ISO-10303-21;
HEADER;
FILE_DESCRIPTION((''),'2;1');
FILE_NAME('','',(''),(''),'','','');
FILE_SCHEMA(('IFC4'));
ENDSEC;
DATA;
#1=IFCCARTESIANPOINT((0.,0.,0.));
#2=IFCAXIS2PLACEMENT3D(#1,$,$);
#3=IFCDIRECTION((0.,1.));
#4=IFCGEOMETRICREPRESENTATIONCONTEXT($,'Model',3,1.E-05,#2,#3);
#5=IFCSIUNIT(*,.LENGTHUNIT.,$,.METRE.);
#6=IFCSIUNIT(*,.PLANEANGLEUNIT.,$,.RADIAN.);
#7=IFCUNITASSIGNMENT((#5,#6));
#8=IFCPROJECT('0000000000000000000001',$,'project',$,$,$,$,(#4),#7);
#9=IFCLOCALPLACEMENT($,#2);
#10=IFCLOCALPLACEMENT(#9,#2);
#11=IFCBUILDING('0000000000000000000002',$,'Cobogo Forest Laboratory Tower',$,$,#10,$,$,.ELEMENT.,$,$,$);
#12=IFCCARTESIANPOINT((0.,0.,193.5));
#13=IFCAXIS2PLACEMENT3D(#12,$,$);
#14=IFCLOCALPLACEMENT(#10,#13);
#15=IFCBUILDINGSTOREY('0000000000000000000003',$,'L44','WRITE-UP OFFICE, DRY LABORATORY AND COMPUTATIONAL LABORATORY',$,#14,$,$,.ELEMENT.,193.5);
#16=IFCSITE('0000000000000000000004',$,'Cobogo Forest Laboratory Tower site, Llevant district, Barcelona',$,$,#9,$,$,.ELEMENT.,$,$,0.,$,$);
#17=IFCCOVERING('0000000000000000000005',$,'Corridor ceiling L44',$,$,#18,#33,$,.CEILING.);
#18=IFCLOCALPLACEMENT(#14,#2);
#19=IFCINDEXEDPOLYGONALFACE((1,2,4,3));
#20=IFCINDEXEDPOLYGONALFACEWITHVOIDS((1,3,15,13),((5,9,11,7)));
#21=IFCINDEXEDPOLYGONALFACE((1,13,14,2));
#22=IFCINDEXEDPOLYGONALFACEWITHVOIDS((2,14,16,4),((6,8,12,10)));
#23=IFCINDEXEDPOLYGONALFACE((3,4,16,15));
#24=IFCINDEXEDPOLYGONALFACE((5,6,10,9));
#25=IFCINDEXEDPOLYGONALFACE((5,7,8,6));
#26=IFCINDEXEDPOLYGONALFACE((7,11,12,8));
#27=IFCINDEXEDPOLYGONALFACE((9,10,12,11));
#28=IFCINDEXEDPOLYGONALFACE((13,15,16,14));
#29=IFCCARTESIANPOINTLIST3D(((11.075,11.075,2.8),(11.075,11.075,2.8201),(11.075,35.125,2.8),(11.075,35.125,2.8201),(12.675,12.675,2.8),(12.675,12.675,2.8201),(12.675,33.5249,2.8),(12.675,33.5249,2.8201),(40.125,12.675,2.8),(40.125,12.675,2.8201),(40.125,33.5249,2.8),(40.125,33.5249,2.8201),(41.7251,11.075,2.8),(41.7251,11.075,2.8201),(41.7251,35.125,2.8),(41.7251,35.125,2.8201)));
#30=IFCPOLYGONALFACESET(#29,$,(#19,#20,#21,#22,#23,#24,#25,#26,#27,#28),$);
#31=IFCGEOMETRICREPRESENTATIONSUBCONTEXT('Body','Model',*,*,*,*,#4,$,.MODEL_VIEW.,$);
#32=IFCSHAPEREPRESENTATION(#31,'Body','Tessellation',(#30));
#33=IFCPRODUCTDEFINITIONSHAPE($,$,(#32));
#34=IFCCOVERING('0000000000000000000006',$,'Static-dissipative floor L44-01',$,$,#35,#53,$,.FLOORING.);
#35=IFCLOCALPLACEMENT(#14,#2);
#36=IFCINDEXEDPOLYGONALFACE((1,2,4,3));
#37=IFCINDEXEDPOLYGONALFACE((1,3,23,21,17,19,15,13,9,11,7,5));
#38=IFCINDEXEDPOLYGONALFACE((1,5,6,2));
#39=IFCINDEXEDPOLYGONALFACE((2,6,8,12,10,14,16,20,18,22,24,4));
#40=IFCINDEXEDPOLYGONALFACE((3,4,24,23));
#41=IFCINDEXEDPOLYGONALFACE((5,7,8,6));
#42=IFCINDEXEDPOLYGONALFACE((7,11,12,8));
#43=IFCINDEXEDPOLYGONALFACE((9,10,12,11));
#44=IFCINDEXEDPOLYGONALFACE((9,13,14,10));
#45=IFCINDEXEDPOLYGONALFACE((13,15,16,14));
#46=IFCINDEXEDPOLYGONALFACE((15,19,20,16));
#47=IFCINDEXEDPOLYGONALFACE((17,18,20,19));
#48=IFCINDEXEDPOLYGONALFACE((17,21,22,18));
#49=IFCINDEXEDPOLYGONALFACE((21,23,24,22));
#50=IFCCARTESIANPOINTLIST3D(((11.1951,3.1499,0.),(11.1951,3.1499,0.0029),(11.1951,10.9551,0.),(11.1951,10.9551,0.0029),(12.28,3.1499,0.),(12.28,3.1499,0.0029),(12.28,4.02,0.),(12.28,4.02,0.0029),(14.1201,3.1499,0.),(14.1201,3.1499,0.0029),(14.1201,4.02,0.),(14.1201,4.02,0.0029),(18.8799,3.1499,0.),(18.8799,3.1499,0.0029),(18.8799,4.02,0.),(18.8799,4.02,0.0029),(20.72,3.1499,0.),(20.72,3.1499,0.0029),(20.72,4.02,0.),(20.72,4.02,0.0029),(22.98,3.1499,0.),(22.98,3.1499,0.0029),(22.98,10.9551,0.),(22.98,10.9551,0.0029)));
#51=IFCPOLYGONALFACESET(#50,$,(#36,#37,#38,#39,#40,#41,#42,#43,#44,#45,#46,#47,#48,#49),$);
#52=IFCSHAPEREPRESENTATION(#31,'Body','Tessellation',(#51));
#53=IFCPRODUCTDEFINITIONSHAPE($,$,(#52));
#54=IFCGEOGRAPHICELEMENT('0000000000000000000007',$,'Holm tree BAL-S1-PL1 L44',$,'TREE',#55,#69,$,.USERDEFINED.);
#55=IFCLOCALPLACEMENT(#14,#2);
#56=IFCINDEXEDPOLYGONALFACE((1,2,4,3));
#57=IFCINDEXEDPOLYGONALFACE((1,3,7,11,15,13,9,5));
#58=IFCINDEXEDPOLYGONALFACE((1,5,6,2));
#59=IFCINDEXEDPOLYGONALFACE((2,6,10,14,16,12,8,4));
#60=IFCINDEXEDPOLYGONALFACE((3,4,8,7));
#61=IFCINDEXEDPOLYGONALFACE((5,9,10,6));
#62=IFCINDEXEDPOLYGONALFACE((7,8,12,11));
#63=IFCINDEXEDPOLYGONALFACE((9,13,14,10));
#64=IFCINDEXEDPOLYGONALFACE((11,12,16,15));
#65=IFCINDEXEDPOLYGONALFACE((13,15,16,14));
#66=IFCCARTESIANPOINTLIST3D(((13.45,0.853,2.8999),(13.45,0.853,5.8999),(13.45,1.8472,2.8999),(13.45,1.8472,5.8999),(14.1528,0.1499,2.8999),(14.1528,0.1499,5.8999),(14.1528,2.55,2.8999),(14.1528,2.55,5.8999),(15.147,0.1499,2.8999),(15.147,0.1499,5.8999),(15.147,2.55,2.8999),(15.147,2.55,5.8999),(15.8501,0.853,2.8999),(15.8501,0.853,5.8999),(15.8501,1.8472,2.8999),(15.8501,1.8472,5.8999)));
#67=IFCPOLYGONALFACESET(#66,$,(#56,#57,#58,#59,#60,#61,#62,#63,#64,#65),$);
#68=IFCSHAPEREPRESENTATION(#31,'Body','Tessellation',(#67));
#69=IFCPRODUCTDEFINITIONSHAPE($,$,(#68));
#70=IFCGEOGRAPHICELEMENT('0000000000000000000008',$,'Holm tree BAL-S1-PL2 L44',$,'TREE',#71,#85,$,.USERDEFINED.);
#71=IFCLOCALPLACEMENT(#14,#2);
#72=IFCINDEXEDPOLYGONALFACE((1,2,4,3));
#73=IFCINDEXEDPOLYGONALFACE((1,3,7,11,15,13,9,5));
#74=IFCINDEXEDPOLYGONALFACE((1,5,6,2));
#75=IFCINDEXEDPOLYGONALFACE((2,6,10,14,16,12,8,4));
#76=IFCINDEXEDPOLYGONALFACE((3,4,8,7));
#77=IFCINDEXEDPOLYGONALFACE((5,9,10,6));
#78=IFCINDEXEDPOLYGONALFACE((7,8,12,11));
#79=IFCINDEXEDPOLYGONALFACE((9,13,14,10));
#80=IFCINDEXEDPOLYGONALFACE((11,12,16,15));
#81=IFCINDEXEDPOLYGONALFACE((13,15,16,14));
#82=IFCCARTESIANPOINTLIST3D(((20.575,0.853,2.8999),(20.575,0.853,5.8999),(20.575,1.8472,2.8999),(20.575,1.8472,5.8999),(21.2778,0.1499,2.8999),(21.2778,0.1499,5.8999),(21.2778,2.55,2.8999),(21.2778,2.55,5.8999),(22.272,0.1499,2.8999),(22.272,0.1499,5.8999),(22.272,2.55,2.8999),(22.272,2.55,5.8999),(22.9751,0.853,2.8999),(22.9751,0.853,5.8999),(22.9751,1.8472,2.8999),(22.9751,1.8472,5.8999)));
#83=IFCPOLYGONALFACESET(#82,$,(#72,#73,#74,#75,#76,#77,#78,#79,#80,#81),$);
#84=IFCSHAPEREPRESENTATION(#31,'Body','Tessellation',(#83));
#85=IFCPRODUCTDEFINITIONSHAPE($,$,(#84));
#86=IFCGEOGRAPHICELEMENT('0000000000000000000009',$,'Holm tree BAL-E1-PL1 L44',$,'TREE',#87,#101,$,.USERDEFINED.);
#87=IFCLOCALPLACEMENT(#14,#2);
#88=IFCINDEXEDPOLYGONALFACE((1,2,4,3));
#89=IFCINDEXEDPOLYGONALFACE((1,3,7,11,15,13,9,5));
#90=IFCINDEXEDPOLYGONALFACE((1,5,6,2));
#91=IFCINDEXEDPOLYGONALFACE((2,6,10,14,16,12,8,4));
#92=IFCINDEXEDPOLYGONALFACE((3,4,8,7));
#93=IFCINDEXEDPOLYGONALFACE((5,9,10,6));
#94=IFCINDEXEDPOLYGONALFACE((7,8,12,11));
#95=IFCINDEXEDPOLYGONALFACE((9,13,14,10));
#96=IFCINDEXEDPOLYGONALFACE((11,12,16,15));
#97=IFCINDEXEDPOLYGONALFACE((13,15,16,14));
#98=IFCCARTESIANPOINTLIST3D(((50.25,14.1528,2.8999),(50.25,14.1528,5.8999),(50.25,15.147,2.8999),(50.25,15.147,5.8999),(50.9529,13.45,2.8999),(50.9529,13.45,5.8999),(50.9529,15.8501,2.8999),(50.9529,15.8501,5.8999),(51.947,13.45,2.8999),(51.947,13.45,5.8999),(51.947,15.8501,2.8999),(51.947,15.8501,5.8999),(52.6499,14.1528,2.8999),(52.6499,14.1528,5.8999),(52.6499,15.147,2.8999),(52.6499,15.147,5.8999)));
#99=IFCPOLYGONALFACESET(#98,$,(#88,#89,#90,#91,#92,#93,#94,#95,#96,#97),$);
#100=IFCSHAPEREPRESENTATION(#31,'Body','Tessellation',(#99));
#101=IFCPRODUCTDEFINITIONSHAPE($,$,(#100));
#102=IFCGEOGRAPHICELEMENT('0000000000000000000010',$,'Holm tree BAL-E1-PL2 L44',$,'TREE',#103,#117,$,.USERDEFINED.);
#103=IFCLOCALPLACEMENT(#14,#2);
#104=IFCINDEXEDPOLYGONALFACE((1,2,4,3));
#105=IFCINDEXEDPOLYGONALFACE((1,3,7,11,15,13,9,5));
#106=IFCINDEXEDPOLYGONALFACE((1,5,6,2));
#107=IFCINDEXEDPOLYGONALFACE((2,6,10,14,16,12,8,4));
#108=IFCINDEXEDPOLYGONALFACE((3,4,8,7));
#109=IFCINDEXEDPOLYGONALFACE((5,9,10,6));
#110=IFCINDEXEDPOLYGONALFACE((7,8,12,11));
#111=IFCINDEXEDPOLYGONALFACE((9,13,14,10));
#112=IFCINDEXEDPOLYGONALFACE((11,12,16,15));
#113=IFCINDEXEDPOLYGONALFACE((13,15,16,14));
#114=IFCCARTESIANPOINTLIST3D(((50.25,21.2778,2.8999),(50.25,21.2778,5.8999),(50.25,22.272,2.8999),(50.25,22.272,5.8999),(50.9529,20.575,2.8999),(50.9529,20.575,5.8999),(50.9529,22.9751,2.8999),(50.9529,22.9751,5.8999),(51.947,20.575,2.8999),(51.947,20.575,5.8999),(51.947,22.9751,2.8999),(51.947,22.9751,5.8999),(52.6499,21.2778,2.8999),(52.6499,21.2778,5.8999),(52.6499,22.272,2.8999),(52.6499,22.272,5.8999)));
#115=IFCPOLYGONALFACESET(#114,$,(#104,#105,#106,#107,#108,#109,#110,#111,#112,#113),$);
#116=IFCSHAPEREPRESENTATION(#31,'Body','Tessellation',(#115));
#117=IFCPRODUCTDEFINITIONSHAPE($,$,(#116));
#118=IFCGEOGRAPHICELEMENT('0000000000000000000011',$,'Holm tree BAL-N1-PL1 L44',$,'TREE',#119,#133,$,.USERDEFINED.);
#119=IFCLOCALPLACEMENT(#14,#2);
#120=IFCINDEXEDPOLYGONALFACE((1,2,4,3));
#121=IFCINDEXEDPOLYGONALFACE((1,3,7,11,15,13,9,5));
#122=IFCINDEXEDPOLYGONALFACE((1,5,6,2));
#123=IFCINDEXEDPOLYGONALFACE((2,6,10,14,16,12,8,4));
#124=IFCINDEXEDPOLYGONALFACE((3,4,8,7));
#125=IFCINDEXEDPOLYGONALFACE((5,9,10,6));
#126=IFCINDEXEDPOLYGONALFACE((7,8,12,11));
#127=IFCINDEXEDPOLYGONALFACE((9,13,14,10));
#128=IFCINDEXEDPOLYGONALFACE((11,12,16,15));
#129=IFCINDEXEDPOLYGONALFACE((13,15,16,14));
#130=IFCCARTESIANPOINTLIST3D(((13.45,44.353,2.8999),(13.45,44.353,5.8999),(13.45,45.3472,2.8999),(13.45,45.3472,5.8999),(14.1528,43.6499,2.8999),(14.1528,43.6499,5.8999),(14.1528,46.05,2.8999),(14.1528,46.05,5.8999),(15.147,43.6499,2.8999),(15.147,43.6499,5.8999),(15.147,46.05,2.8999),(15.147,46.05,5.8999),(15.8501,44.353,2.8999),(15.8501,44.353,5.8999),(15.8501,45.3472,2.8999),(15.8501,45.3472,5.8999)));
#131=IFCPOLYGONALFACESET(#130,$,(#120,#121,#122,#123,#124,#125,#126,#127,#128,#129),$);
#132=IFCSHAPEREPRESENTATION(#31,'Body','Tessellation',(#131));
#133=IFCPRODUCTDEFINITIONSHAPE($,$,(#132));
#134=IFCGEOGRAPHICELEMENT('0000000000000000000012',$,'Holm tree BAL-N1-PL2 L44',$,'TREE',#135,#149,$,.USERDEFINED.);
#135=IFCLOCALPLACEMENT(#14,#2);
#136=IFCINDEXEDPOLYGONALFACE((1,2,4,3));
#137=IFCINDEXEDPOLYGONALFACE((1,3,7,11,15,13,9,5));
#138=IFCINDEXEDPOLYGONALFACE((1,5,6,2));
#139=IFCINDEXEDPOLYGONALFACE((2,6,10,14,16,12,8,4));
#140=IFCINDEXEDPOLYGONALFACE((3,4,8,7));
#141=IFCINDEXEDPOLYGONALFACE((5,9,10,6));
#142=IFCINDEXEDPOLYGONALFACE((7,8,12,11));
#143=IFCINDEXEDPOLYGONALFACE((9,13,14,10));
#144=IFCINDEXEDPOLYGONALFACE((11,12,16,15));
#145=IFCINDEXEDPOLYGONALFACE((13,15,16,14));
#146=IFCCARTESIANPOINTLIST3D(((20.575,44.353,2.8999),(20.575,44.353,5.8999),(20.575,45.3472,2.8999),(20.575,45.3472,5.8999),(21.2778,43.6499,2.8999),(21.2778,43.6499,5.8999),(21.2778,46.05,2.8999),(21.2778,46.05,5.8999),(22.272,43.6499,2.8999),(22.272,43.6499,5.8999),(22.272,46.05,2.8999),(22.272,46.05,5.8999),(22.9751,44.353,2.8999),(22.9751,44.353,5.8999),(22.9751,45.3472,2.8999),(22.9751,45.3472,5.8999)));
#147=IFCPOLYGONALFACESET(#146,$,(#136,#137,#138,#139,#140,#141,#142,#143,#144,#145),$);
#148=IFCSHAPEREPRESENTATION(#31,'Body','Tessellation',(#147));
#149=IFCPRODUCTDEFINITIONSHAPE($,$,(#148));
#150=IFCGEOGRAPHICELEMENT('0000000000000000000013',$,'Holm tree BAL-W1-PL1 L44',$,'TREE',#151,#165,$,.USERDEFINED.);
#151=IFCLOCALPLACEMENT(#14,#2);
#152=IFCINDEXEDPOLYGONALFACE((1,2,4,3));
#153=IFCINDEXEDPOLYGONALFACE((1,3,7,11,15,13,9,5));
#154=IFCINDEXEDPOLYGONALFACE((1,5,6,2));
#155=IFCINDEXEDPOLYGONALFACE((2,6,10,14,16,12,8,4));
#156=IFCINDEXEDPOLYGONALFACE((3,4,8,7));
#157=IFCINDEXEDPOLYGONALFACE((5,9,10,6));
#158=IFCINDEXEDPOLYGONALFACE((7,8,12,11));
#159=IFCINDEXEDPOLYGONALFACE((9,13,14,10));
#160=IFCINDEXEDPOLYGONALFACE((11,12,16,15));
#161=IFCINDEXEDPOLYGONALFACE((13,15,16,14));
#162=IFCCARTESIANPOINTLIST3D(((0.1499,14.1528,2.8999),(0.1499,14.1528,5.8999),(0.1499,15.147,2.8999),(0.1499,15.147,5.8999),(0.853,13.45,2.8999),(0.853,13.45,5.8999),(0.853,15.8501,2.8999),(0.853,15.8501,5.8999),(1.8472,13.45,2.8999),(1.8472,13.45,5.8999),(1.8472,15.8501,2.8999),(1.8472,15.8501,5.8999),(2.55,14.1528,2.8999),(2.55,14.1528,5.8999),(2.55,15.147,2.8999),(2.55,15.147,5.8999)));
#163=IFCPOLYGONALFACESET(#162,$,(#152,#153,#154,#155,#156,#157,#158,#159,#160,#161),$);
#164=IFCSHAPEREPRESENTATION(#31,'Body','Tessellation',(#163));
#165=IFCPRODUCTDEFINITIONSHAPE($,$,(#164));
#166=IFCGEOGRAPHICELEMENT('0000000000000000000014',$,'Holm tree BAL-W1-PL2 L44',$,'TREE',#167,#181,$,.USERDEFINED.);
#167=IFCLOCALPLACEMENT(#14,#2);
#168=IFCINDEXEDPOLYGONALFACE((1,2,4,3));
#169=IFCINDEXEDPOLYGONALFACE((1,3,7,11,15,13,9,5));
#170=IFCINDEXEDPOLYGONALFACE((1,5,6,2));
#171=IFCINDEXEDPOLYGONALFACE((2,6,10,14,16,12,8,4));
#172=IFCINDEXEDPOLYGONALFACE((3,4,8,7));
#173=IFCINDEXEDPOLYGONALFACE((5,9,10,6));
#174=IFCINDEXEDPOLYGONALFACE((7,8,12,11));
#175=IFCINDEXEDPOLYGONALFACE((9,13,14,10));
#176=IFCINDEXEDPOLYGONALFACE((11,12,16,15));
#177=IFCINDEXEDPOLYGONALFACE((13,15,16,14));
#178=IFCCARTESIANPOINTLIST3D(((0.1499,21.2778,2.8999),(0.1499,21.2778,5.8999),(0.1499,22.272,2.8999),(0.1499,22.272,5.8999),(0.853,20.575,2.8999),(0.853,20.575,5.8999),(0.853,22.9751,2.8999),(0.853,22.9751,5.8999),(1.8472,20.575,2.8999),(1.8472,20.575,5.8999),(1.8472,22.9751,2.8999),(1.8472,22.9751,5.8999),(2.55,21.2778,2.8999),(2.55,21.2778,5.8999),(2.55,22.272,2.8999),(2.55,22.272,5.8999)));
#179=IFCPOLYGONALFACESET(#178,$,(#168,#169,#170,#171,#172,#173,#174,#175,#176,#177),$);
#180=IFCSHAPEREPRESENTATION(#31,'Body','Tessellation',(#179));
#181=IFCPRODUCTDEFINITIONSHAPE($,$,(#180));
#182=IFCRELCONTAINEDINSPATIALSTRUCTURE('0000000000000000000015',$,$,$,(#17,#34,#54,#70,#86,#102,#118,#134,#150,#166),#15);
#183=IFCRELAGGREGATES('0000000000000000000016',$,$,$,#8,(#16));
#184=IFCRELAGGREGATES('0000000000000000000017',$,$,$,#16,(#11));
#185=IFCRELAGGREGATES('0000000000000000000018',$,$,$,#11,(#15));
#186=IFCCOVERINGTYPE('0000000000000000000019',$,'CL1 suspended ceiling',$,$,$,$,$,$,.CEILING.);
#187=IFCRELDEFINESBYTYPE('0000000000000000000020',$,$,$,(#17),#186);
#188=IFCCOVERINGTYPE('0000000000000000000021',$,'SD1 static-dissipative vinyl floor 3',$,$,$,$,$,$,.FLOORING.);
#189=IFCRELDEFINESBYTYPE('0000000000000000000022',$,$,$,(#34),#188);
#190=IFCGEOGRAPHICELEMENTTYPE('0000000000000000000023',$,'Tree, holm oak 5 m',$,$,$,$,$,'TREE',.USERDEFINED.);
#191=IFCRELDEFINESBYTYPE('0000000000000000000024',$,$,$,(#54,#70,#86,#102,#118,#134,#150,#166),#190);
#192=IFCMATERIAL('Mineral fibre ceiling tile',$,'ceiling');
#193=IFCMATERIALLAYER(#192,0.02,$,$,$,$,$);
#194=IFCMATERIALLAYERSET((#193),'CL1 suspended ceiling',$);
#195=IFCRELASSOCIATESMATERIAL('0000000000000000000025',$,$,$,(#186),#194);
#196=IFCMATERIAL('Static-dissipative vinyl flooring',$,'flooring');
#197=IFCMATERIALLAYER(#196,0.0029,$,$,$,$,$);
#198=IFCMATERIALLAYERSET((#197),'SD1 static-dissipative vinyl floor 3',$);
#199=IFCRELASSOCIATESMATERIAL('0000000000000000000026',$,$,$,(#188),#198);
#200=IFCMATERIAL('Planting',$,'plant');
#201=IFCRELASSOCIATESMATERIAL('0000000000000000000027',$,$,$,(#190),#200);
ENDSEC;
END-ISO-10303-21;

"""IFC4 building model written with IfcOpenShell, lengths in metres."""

from ifc_helpers import new_model, si_unit, direction, frame, origin, place, context, subcontext, project, spatial, polyline, outline, extrude, material, layer, layer_set, type_object, element, save


model = new_model("IFC4")

# Units and contexts
model_context = context("Model", 3, precision=1e-05, world=origin(), true_north=direction((0.0, 1.0)))
body_context = subcontext(model_context, "Body", "Model", "MODEL_VIEW")
ifc_project = project(units=[si_unit("LENGTHUNIT", "METRE"), si_unit("PLANEANGLEUNIT", "RADIAN")], contexts=[model_context])

# Site, building, storey
site_placement = place(None, origin())
site = spatial("IfcSite", under=ifc_project, at=site_placement, Name="Cobogo Forest Laboratory Tower site, Llevant district, Barcelona", CompositionType="ELEMENT", RefElevation=0.0)
building_placement = place(site_placement, origin())
building = spatial("IfcBuilding", under=site, at=building_placement, Name="Cobogo Forest Laboratory Tower", CompositionType="ELEMENT")
storey_placement = place(building_placement, frame((0.0, 0.0, 193.5)))
storey = spatial("IfcBuildingStorey", under=building, at=storey_placement, Name="L44", Description="WRITE-UP OFFICE, DRY LABORATORY AND COMPUTATIONAL LABORATORY", CompositionType="ELEMENT", Elevation=193.5)

# Coverings
ifc_material_1 = material(Name="Mineral fibre ceiling tile", Category="ceiling")
ifc_layer_1 = layer(ifc_material_1, 0.02)
ifc_layer_set_1 = layer_set([ifc_layer_1], Name="CL1 suspended ceiling")
covering_type_1 = type_object("IfcCoveringType", Name="CL1 suspended ceiling", PredefinedType="CEILING", material=ifc_layer_set_1)
covering_1_placement = place(storey_placement, frame((0.0, 0.0, 2.8)))
element("IfcCovering", 1, at=covering_1_placement, inside=storey, type_object=covering_type_1, Name="Corridor ceiling L44", PredefinedType="CEILING", context=body_context, shape_type="SweptSolid", body=[
    extrude(outline(polyline([(11.075, 11.075), (11.075, 35.125), (41.7251, 35.125), (41.7251, 11.075), (11.075, 11.075)]), holes=[polyline([(40.125, 33.5249), (12.675, 33.5249), (12.675, 12.675), (40.125, 12.675), (40.125, 33.5249)])]), origin(), (0.0, 0.0, 1.0), 0.02),
])
ifc_material_2 = material(Name="Static-dissipative vinyl flooring", Category="flooring")
ifc_layer_2 = layer(ifc_material_2, 0.0029)
ifc_layer_set_2 = layer_set([ifc_layer_2], Name="SD1 static-dissipative vinyl floor 3")
covering_type_2 = type_object("IfcCoveringType", Name="SD1 static-dissipative vinyl floor 3", PredefinedType="FLOORING", material=ifc_layer_set_2)
covering_2_placement = place(storey_placement, origin())
element("IfcCovering", 2, at=covering_2_placement, inside=storey, type_object=covering_type_2, Name="Static-dissipative floor L44-01", PredefinedType="FLOORING", context=body_context, shape_type="SweptSolid", body=[
    extrude(outline(polyline([(22.98, 10.9551), (22.98, 3.1499), (20.72, 3.1499), (20.72, 4.02), (18.8799, 4.02), (18.8799, 3.1499), (14.1201, 3.1499), (14.1201, 4.02), (12.28, 4.02), (12.28, 3.1499), (11.1951, 3.1499), (11.1951, 10.9551), (22.98, 10.9551)])), origin(), (0.0, 0.0, 1.0), 0.0029),
])

# Geographic elements
ifc_material_3 = material(Name="Planting", Category="plant")
geographic_element_type = type_object("IfcGeographicElementType", Name="Tree, holm oak 5 m", ElementType="TREE", PredefinedType="USERDEFINED", material=ifc_material_3)
geographic_element_1_placement = place(storey_placement, frame((0.0, 0.0, 2.8999)))
element("IfcGeographicElement", 3, at=geographic_element_1_placement, inside=storey, type_object=geographic_element_type, Name="Holm tree BAL-S1-PL1 L44", ObjectType="TREE", PredefinedType="USERDEFINED", context=body_context, shape_type="SweptSolid", body=[
    extrude(outline(polyline([(15.8501, 0.853), (15.8501, 1.8472), (15.147, 2.55), (14.1528, 2.55), (13.45, 1.8472), (13.45, 0.853), (14.1528, 0.1499), (15.147, 0.1499), (15.8501, 0.853)])), origin(), (0.0, 0.0, 1.0), 3.0),
])
geographic_element_2_placement = place(storey_placement, frame((0.0, 0.0, 2.8999)))
element("IfcGeographicElement", 4, at=geographic_element_2_placement, inside=storey, type_object=geographic_element_type, Name="Holm tree BAL-S1-PL2 L44", ObjectType="TREE", PredefinedType="USERDEFINED", context=body_context, shape_type="SweptSolid", body=[
    extrude(outline(polyline([(22.9751, 0.853), (22.9751, 1.8472), (22.272, 2.55), (21.2778, 2.55), (20.575, 1.8472), (20.575, 0.853), (21.2778, 0.1499), (22.272, 0.1499), (22.9751, 0.853)])), origin(), (0.0, 0.0, 1.0), 3.0),
])
geographic_element_3_placement = place(storey_placement, frame((0.0, 0.0, 2.8999)))
element("IfcGeographicElement", 5, at=geographic_element_3_placement, inside=storey, type_object=geographic_element_type, Name="Holm tree BAL-E1-PL1 L44", ObjectType="TREE", PredefinedType="USERDEFINED", context=body_context, shape_type="SweptSolid", body=[
    extrude(outline(polyline([(52.6499, 14.1528), (52.6499, 15.147), (51.947, 15.8501), (50.9529, 15.8501), (50.25, 15.147), (50.25, 14.1528), (50.9529, 13.45), (51.947, 13.45), (52.6499, 14.1528)])), origin(), (0.0, 0.0, 1.0), 3.0),
])
geographic_element_4_placement = place(storey_placement, frame((0.0, 0.0, 2.8999)))
element("IfcGeographicElement", 6, at=geographic_element_4_placement, inside=storey, type_object=geographic_element_type, Name="Holm tree BAL-E1-PL2 L44", ObjectType="TREE", PredefinedType="USERDEFINED", context=body_context, shape_type="SweptSolid", body=[
    extrude(outline(polyline([(52.6499, 21.2778), (52.6499, 22.272), (51.947, 22.9751), (50.9529, 22.9751), (50.25, 22.272), (50.25, 21.2778), (50.9529, 20.575), (51.947, 20.575), (52.6499, 21.2778)])), origin(), (0.0, 0.0, 1.0), 3.0),
])
geographic_element_5_placement = place(storey_placement, frame((0.0, 0.0, 2.8999)))
element("IfcGeographicElement", 7, at=geographic_element_5_placement, inside=storey, type_object=geographic_element_type, Name="Holm tree BAL-N1-PL1 L44", ObjectType="TREE", PredefinedType="USERDEFINED", context=body_context, shape_type="SweptSolid", body=[
    extrude(outline(polyline([(15.8501, 44.353), (15.8501, 45.3472), (15.147, 46.05), (14.1528, 46.05), (13.45, 45.3472), (13.45, 44.353), (14.1528, 43.6499), (15.147, 43.6499), (15.8501, 44.353)])), origin(), (0.0, 0.0, 1.0), 3.0),
])
geographic_element_6_placement = place(storey_placement, frame((0.0, 0.0, 2.8999)))
element("IfcGeographicElement", 8, at=geographic_element_6_placement, inside=storey, type_object=geographic_element_type, Name="Holm tree BAL-N1-PL2 L44", ObjectType="TREE", PredefinedType="USERDEFINED", context=body_context, shape_type="SweptSolid", body=[
    extrude(outline(polyline([(22.9751, 44.353), (22.9751, 45.3472), (22.272, 46.05), (21.2778, 46.05), (20.575, 45.3472), (20.575, 44.353), (21.2778, 43.6499), (22.272, 43.6499), (22.9751, 44.353)])), origin(), (0.0, 0.0, 1.0), 3.0),
])
geographic_element_7_placement = place(storey_placement, frame((0.0, 0.0, 2.8999)))
element("IfcGeographicElement", 9, at=geographic_element_7_placement, inside=storey, type_object=geographic_element_type, Name="Holm tree BAL-W1-PL1 L44", ObjectType="TREE", PredefinedType="USERDEFINED", context=body_context, shape_type="SweptSolid", body=[
    extrude(outline(polyline([(2.55, 14.1528), (2.55, 15.147), (1.8472, 15.8501), (0.853, 15.8501), (0.1499, 15.147), (0.1499, 14.1528), (0.853, 13.45), (1.8472, 13.45), (2.55, 14.1528)])), origin(), (0.0, 0.0, 1.0), 3.0),
])
geographic_element_8_placement = place(storey_placement, frame((0.0, 0.0, 2.8999)))
element("IfcGeographicElement", 10, at=geographic_element_8_placement, inside=storey, type_object=geographic_element_type, Name="Holm tree BAL-W1-PL2 L44", ObjectType="TREE", PredefinedType="USERDEFINED", context=body_context, shape_type="SweptSolid", body=[
    extrude(outline(polyline([(2.55, 21.2778), (2.55, 22.272), (1.8472, 22.9751), (0.853, 22.9751), (0.1499, 22.272), (0.1499, 21.2778), (0.853, 20.575), (1.8472, 20.575), (2.55, 21.2778)])), origin(), (0.0, 0.0, 1.0), 3.0),
])

save(model, "model.ifc")
